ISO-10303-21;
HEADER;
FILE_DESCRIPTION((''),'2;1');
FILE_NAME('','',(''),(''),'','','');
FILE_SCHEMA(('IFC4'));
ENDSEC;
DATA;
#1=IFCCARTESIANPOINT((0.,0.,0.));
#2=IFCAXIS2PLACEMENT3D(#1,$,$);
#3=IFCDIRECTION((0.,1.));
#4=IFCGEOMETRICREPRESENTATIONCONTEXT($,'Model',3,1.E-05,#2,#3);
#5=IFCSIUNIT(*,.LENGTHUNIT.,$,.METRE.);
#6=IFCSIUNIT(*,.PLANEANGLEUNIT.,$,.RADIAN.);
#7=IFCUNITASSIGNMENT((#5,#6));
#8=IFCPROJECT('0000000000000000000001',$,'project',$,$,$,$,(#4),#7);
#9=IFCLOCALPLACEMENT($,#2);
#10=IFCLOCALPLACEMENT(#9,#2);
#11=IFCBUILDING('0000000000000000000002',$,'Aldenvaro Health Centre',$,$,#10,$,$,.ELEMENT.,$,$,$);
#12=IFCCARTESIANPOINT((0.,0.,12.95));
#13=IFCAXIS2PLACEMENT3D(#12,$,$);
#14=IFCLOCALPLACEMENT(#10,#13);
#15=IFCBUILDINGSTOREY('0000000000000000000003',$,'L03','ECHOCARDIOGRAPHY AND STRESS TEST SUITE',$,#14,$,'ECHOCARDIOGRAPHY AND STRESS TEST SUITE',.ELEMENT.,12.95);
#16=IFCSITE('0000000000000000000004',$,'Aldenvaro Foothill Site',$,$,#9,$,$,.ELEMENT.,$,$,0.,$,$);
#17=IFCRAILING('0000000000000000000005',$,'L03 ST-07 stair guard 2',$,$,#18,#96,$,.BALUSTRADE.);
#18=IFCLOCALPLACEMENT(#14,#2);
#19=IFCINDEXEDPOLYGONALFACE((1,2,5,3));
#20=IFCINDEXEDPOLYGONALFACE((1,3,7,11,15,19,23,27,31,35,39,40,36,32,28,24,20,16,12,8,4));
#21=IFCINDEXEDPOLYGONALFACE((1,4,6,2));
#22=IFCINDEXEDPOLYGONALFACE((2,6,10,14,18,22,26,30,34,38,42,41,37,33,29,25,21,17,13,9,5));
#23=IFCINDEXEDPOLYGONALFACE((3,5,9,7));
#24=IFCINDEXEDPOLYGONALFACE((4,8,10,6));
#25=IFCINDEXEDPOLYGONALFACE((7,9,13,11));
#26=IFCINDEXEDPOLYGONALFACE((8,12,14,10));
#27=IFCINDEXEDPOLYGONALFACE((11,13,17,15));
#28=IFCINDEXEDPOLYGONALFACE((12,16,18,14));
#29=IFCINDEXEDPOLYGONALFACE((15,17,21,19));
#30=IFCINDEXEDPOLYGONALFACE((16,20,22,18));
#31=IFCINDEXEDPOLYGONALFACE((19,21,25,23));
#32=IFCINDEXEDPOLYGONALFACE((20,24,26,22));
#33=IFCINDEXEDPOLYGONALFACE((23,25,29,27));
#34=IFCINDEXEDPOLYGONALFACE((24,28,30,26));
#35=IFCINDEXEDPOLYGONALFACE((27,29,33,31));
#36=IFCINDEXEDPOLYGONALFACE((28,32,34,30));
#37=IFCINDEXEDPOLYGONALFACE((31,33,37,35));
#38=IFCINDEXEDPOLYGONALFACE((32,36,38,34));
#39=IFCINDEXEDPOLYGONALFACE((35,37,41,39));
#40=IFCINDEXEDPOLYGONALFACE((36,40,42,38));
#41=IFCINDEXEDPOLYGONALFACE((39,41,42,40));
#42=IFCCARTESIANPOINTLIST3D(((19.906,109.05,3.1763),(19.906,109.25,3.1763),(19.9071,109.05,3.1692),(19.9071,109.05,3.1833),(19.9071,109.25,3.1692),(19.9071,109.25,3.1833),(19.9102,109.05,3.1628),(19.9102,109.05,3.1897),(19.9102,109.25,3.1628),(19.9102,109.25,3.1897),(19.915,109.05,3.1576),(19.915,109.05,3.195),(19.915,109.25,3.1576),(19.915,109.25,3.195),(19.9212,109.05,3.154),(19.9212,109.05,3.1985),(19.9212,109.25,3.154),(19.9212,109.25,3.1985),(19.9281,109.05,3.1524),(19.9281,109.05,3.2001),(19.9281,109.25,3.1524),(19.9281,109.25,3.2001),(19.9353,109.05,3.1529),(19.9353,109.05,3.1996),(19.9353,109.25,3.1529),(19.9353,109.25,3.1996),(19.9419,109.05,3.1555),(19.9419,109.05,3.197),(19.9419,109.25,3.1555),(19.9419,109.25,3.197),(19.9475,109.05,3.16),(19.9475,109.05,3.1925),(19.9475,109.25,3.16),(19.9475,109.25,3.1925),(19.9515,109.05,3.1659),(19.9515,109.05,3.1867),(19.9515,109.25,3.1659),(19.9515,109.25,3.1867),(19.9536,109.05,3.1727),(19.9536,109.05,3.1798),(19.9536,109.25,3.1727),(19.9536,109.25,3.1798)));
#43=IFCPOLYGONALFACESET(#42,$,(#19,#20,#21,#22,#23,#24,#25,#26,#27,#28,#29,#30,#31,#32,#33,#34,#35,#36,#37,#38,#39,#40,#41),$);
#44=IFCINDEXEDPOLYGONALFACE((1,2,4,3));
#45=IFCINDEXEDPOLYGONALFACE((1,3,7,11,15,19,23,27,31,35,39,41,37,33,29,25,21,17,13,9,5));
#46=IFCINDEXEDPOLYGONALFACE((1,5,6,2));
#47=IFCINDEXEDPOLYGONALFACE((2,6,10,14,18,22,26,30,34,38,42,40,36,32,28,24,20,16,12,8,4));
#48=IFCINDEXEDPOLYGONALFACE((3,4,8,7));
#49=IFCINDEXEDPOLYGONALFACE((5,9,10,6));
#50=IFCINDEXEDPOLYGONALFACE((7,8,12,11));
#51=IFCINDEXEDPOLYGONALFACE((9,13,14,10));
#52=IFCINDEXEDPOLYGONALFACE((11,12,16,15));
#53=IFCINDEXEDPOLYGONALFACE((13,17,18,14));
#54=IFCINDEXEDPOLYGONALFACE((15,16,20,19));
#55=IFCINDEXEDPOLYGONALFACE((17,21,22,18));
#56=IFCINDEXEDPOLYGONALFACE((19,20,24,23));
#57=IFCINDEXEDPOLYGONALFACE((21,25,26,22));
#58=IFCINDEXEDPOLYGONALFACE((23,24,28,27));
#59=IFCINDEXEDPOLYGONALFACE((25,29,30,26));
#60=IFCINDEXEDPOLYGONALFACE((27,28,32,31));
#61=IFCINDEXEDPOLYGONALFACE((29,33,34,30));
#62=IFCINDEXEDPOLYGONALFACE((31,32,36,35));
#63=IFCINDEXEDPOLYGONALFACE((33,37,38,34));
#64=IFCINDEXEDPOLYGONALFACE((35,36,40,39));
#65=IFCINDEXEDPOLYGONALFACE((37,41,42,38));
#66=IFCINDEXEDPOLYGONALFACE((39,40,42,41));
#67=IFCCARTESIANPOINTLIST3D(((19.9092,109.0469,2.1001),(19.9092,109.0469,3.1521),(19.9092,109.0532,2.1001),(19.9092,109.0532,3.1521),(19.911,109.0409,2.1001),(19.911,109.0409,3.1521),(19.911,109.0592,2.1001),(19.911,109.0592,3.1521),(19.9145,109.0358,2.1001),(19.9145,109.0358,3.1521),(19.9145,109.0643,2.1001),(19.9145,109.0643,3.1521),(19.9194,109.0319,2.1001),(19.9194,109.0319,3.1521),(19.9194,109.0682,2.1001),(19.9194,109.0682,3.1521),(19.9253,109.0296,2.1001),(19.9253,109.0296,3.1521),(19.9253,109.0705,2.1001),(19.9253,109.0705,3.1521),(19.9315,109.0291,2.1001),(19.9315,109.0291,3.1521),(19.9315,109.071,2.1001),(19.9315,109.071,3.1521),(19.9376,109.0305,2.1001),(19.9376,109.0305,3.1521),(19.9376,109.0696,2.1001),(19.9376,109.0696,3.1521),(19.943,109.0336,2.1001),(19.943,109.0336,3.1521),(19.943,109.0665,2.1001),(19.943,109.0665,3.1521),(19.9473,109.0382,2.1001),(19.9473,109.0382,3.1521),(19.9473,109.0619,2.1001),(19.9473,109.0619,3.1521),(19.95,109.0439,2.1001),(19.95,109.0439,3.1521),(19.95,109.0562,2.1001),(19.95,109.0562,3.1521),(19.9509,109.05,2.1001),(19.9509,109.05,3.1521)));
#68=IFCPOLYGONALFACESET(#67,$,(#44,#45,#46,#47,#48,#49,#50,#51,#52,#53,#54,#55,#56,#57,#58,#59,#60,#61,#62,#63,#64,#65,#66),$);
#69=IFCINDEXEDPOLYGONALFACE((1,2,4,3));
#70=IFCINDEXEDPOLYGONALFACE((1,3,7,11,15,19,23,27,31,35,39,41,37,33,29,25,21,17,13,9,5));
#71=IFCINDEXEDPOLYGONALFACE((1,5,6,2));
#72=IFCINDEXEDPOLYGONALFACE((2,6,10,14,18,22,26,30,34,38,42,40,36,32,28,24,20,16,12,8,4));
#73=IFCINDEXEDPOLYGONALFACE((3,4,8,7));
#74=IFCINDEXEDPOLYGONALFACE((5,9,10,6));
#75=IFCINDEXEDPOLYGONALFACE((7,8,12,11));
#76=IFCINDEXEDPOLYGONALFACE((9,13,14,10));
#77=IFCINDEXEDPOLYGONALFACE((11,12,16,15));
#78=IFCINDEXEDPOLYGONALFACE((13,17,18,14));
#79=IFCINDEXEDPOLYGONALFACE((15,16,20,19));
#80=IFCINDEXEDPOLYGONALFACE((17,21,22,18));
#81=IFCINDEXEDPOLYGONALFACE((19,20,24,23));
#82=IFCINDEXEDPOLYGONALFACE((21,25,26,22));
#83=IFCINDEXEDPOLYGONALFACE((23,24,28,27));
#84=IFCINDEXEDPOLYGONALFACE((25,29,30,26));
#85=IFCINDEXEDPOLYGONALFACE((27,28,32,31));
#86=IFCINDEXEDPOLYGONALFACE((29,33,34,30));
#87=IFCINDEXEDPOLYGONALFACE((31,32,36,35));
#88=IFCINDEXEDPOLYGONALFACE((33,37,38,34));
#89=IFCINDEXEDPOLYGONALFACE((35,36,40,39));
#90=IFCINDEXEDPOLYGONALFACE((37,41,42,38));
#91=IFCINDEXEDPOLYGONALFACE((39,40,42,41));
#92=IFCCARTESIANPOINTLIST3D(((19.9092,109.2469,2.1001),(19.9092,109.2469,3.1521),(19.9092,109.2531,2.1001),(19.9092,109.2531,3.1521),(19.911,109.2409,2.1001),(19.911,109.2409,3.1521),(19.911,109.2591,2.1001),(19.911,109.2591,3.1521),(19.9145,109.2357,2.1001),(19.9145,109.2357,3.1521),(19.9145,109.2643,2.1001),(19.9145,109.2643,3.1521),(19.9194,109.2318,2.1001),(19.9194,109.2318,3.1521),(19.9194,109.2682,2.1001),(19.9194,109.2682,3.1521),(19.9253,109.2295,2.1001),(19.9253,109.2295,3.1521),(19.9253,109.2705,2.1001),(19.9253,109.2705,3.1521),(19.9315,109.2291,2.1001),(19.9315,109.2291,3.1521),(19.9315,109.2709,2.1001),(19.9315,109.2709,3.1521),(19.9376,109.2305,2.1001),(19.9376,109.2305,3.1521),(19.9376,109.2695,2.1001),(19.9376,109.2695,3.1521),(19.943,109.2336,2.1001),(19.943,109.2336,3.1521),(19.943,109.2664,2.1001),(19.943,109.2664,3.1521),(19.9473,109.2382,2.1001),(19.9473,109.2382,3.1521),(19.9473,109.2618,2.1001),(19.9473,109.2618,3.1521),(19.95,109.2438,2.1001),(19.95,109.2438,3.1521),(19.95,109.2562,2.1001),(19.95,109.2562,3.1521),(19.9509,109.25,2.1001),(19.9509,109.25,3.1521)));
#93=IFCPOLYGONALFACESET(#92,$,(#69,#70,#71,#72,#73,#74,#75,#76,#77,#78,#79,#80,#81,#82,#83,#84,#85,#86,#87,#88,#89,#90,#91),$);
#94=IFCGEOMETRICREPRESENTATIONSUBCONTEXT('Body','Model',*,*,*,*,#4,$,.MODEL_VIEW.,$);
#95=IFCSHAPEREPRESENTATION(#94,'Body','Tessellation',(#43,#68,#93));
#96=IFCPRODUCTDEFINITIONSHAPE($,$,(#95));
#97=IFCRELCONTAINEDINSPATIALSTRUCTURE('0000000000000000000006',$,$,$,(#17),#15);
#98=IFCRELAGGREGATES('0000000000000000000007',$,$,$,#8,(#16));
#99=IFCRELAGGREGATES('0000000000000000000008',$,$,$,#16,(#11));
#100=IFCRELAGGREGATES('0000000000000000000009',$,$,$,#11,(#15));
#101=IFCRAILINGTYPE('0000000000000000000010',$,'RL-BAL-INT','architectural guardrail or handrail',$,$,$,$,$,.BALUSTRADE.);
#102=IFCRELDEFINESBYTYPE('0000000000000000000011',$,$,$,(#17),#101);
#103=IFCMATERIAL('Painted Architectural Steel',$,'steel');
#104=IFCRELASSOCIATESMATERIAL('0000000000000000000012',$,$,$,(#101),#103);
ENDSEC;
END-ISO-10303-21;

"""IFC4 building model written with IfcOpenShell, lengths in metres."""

from ifc_helpers import new_model, si_unit, direction, frame, origin, origin_2d, place, context, subcontext, project, spatial, circle, extrude, material, type_object, element, save


model = new_model("IFC4")

# Units and contexts
model_context = context("Model", 3, precision=1e-05, world=origin(), true_north=direction((0.0, 1.0)))
body_context = subcontext(model_context, "Body", "Model", "MODEL_VIEW")
ifc_project = project(units=[si_unit("LENGTHUNIT", "METRE"), si_unit("PLANEANGLEUNIT", "RADIAN")], contexts=[model_context])

# Site, building, storey
site_placement = place(None, origin())
site = spatial("IfcSite", under=ifc_project, at=site_placement, Name="Aldenvaro Foothill Site", CompositionType="ELEMENT", RefElevation=0.0)
building_placement = place(site_placement, origin())
building = spatial("IfcBuilding", under=site, at=building_placement, Name="Aldenvaro Health Centre", CompositionType="ELEMENT")
storey_placement = place(building_placement, frame((0.0, 0.0, 12.95)))
storey = spatial("IfcBuildingStorey", under=building, at=storey_placement, Name="L03", Description="ECHOCARDIOGRAPHY AND STRESS TEST SUITE", LongName="ECHOCARDIOGRAPHY AND STRESS TEST SUITE", CompositionType="ELEMENT", Elevation=12.95)

# Railing
ifc_material_1 = material(Name="Painted Architectural Steel", Category="steel")
railing_type_1 = type_object("IfcRailingType", Name="RL-BAL-INT", Description="architectural guardrail or handrail", PredefinedType="BALUSTRADE", material=ifc_material_1)
railing_1_placement = place(storey_placement, frame((19.9299, 109.05, 2.1001)))
element("IfcRailing", 1, at=railing_1_placement, inside=storey, type_object=railing_type_1, Name="L03 ST-07 stair guard 2", PredefinedType="BALUSTRADE", context=body_context, shape_type="SweptSolid", body=[
    extrude(circle(Radius=0.0239, at=origin_2d()), frame((0.0, 0.0, 1.0762), z_axis=(0.0, 1.0, 0.0), x_axis=(-1.0, 0.0, 0.0)), (0.0, 0.0, 1.0), 0.2),
    extrude(circle(Radius=0.021, at=origin_2d()), origin(), (0.0, 0.0, 1.0), 1.052),
    extrude(circle(Radius=0.021, at=origin_2d()), frame((0.0, 0.2, 0.0)), (0.0, 0.0, 1.0), 1.052),
])

save(model, "model.ifc")
